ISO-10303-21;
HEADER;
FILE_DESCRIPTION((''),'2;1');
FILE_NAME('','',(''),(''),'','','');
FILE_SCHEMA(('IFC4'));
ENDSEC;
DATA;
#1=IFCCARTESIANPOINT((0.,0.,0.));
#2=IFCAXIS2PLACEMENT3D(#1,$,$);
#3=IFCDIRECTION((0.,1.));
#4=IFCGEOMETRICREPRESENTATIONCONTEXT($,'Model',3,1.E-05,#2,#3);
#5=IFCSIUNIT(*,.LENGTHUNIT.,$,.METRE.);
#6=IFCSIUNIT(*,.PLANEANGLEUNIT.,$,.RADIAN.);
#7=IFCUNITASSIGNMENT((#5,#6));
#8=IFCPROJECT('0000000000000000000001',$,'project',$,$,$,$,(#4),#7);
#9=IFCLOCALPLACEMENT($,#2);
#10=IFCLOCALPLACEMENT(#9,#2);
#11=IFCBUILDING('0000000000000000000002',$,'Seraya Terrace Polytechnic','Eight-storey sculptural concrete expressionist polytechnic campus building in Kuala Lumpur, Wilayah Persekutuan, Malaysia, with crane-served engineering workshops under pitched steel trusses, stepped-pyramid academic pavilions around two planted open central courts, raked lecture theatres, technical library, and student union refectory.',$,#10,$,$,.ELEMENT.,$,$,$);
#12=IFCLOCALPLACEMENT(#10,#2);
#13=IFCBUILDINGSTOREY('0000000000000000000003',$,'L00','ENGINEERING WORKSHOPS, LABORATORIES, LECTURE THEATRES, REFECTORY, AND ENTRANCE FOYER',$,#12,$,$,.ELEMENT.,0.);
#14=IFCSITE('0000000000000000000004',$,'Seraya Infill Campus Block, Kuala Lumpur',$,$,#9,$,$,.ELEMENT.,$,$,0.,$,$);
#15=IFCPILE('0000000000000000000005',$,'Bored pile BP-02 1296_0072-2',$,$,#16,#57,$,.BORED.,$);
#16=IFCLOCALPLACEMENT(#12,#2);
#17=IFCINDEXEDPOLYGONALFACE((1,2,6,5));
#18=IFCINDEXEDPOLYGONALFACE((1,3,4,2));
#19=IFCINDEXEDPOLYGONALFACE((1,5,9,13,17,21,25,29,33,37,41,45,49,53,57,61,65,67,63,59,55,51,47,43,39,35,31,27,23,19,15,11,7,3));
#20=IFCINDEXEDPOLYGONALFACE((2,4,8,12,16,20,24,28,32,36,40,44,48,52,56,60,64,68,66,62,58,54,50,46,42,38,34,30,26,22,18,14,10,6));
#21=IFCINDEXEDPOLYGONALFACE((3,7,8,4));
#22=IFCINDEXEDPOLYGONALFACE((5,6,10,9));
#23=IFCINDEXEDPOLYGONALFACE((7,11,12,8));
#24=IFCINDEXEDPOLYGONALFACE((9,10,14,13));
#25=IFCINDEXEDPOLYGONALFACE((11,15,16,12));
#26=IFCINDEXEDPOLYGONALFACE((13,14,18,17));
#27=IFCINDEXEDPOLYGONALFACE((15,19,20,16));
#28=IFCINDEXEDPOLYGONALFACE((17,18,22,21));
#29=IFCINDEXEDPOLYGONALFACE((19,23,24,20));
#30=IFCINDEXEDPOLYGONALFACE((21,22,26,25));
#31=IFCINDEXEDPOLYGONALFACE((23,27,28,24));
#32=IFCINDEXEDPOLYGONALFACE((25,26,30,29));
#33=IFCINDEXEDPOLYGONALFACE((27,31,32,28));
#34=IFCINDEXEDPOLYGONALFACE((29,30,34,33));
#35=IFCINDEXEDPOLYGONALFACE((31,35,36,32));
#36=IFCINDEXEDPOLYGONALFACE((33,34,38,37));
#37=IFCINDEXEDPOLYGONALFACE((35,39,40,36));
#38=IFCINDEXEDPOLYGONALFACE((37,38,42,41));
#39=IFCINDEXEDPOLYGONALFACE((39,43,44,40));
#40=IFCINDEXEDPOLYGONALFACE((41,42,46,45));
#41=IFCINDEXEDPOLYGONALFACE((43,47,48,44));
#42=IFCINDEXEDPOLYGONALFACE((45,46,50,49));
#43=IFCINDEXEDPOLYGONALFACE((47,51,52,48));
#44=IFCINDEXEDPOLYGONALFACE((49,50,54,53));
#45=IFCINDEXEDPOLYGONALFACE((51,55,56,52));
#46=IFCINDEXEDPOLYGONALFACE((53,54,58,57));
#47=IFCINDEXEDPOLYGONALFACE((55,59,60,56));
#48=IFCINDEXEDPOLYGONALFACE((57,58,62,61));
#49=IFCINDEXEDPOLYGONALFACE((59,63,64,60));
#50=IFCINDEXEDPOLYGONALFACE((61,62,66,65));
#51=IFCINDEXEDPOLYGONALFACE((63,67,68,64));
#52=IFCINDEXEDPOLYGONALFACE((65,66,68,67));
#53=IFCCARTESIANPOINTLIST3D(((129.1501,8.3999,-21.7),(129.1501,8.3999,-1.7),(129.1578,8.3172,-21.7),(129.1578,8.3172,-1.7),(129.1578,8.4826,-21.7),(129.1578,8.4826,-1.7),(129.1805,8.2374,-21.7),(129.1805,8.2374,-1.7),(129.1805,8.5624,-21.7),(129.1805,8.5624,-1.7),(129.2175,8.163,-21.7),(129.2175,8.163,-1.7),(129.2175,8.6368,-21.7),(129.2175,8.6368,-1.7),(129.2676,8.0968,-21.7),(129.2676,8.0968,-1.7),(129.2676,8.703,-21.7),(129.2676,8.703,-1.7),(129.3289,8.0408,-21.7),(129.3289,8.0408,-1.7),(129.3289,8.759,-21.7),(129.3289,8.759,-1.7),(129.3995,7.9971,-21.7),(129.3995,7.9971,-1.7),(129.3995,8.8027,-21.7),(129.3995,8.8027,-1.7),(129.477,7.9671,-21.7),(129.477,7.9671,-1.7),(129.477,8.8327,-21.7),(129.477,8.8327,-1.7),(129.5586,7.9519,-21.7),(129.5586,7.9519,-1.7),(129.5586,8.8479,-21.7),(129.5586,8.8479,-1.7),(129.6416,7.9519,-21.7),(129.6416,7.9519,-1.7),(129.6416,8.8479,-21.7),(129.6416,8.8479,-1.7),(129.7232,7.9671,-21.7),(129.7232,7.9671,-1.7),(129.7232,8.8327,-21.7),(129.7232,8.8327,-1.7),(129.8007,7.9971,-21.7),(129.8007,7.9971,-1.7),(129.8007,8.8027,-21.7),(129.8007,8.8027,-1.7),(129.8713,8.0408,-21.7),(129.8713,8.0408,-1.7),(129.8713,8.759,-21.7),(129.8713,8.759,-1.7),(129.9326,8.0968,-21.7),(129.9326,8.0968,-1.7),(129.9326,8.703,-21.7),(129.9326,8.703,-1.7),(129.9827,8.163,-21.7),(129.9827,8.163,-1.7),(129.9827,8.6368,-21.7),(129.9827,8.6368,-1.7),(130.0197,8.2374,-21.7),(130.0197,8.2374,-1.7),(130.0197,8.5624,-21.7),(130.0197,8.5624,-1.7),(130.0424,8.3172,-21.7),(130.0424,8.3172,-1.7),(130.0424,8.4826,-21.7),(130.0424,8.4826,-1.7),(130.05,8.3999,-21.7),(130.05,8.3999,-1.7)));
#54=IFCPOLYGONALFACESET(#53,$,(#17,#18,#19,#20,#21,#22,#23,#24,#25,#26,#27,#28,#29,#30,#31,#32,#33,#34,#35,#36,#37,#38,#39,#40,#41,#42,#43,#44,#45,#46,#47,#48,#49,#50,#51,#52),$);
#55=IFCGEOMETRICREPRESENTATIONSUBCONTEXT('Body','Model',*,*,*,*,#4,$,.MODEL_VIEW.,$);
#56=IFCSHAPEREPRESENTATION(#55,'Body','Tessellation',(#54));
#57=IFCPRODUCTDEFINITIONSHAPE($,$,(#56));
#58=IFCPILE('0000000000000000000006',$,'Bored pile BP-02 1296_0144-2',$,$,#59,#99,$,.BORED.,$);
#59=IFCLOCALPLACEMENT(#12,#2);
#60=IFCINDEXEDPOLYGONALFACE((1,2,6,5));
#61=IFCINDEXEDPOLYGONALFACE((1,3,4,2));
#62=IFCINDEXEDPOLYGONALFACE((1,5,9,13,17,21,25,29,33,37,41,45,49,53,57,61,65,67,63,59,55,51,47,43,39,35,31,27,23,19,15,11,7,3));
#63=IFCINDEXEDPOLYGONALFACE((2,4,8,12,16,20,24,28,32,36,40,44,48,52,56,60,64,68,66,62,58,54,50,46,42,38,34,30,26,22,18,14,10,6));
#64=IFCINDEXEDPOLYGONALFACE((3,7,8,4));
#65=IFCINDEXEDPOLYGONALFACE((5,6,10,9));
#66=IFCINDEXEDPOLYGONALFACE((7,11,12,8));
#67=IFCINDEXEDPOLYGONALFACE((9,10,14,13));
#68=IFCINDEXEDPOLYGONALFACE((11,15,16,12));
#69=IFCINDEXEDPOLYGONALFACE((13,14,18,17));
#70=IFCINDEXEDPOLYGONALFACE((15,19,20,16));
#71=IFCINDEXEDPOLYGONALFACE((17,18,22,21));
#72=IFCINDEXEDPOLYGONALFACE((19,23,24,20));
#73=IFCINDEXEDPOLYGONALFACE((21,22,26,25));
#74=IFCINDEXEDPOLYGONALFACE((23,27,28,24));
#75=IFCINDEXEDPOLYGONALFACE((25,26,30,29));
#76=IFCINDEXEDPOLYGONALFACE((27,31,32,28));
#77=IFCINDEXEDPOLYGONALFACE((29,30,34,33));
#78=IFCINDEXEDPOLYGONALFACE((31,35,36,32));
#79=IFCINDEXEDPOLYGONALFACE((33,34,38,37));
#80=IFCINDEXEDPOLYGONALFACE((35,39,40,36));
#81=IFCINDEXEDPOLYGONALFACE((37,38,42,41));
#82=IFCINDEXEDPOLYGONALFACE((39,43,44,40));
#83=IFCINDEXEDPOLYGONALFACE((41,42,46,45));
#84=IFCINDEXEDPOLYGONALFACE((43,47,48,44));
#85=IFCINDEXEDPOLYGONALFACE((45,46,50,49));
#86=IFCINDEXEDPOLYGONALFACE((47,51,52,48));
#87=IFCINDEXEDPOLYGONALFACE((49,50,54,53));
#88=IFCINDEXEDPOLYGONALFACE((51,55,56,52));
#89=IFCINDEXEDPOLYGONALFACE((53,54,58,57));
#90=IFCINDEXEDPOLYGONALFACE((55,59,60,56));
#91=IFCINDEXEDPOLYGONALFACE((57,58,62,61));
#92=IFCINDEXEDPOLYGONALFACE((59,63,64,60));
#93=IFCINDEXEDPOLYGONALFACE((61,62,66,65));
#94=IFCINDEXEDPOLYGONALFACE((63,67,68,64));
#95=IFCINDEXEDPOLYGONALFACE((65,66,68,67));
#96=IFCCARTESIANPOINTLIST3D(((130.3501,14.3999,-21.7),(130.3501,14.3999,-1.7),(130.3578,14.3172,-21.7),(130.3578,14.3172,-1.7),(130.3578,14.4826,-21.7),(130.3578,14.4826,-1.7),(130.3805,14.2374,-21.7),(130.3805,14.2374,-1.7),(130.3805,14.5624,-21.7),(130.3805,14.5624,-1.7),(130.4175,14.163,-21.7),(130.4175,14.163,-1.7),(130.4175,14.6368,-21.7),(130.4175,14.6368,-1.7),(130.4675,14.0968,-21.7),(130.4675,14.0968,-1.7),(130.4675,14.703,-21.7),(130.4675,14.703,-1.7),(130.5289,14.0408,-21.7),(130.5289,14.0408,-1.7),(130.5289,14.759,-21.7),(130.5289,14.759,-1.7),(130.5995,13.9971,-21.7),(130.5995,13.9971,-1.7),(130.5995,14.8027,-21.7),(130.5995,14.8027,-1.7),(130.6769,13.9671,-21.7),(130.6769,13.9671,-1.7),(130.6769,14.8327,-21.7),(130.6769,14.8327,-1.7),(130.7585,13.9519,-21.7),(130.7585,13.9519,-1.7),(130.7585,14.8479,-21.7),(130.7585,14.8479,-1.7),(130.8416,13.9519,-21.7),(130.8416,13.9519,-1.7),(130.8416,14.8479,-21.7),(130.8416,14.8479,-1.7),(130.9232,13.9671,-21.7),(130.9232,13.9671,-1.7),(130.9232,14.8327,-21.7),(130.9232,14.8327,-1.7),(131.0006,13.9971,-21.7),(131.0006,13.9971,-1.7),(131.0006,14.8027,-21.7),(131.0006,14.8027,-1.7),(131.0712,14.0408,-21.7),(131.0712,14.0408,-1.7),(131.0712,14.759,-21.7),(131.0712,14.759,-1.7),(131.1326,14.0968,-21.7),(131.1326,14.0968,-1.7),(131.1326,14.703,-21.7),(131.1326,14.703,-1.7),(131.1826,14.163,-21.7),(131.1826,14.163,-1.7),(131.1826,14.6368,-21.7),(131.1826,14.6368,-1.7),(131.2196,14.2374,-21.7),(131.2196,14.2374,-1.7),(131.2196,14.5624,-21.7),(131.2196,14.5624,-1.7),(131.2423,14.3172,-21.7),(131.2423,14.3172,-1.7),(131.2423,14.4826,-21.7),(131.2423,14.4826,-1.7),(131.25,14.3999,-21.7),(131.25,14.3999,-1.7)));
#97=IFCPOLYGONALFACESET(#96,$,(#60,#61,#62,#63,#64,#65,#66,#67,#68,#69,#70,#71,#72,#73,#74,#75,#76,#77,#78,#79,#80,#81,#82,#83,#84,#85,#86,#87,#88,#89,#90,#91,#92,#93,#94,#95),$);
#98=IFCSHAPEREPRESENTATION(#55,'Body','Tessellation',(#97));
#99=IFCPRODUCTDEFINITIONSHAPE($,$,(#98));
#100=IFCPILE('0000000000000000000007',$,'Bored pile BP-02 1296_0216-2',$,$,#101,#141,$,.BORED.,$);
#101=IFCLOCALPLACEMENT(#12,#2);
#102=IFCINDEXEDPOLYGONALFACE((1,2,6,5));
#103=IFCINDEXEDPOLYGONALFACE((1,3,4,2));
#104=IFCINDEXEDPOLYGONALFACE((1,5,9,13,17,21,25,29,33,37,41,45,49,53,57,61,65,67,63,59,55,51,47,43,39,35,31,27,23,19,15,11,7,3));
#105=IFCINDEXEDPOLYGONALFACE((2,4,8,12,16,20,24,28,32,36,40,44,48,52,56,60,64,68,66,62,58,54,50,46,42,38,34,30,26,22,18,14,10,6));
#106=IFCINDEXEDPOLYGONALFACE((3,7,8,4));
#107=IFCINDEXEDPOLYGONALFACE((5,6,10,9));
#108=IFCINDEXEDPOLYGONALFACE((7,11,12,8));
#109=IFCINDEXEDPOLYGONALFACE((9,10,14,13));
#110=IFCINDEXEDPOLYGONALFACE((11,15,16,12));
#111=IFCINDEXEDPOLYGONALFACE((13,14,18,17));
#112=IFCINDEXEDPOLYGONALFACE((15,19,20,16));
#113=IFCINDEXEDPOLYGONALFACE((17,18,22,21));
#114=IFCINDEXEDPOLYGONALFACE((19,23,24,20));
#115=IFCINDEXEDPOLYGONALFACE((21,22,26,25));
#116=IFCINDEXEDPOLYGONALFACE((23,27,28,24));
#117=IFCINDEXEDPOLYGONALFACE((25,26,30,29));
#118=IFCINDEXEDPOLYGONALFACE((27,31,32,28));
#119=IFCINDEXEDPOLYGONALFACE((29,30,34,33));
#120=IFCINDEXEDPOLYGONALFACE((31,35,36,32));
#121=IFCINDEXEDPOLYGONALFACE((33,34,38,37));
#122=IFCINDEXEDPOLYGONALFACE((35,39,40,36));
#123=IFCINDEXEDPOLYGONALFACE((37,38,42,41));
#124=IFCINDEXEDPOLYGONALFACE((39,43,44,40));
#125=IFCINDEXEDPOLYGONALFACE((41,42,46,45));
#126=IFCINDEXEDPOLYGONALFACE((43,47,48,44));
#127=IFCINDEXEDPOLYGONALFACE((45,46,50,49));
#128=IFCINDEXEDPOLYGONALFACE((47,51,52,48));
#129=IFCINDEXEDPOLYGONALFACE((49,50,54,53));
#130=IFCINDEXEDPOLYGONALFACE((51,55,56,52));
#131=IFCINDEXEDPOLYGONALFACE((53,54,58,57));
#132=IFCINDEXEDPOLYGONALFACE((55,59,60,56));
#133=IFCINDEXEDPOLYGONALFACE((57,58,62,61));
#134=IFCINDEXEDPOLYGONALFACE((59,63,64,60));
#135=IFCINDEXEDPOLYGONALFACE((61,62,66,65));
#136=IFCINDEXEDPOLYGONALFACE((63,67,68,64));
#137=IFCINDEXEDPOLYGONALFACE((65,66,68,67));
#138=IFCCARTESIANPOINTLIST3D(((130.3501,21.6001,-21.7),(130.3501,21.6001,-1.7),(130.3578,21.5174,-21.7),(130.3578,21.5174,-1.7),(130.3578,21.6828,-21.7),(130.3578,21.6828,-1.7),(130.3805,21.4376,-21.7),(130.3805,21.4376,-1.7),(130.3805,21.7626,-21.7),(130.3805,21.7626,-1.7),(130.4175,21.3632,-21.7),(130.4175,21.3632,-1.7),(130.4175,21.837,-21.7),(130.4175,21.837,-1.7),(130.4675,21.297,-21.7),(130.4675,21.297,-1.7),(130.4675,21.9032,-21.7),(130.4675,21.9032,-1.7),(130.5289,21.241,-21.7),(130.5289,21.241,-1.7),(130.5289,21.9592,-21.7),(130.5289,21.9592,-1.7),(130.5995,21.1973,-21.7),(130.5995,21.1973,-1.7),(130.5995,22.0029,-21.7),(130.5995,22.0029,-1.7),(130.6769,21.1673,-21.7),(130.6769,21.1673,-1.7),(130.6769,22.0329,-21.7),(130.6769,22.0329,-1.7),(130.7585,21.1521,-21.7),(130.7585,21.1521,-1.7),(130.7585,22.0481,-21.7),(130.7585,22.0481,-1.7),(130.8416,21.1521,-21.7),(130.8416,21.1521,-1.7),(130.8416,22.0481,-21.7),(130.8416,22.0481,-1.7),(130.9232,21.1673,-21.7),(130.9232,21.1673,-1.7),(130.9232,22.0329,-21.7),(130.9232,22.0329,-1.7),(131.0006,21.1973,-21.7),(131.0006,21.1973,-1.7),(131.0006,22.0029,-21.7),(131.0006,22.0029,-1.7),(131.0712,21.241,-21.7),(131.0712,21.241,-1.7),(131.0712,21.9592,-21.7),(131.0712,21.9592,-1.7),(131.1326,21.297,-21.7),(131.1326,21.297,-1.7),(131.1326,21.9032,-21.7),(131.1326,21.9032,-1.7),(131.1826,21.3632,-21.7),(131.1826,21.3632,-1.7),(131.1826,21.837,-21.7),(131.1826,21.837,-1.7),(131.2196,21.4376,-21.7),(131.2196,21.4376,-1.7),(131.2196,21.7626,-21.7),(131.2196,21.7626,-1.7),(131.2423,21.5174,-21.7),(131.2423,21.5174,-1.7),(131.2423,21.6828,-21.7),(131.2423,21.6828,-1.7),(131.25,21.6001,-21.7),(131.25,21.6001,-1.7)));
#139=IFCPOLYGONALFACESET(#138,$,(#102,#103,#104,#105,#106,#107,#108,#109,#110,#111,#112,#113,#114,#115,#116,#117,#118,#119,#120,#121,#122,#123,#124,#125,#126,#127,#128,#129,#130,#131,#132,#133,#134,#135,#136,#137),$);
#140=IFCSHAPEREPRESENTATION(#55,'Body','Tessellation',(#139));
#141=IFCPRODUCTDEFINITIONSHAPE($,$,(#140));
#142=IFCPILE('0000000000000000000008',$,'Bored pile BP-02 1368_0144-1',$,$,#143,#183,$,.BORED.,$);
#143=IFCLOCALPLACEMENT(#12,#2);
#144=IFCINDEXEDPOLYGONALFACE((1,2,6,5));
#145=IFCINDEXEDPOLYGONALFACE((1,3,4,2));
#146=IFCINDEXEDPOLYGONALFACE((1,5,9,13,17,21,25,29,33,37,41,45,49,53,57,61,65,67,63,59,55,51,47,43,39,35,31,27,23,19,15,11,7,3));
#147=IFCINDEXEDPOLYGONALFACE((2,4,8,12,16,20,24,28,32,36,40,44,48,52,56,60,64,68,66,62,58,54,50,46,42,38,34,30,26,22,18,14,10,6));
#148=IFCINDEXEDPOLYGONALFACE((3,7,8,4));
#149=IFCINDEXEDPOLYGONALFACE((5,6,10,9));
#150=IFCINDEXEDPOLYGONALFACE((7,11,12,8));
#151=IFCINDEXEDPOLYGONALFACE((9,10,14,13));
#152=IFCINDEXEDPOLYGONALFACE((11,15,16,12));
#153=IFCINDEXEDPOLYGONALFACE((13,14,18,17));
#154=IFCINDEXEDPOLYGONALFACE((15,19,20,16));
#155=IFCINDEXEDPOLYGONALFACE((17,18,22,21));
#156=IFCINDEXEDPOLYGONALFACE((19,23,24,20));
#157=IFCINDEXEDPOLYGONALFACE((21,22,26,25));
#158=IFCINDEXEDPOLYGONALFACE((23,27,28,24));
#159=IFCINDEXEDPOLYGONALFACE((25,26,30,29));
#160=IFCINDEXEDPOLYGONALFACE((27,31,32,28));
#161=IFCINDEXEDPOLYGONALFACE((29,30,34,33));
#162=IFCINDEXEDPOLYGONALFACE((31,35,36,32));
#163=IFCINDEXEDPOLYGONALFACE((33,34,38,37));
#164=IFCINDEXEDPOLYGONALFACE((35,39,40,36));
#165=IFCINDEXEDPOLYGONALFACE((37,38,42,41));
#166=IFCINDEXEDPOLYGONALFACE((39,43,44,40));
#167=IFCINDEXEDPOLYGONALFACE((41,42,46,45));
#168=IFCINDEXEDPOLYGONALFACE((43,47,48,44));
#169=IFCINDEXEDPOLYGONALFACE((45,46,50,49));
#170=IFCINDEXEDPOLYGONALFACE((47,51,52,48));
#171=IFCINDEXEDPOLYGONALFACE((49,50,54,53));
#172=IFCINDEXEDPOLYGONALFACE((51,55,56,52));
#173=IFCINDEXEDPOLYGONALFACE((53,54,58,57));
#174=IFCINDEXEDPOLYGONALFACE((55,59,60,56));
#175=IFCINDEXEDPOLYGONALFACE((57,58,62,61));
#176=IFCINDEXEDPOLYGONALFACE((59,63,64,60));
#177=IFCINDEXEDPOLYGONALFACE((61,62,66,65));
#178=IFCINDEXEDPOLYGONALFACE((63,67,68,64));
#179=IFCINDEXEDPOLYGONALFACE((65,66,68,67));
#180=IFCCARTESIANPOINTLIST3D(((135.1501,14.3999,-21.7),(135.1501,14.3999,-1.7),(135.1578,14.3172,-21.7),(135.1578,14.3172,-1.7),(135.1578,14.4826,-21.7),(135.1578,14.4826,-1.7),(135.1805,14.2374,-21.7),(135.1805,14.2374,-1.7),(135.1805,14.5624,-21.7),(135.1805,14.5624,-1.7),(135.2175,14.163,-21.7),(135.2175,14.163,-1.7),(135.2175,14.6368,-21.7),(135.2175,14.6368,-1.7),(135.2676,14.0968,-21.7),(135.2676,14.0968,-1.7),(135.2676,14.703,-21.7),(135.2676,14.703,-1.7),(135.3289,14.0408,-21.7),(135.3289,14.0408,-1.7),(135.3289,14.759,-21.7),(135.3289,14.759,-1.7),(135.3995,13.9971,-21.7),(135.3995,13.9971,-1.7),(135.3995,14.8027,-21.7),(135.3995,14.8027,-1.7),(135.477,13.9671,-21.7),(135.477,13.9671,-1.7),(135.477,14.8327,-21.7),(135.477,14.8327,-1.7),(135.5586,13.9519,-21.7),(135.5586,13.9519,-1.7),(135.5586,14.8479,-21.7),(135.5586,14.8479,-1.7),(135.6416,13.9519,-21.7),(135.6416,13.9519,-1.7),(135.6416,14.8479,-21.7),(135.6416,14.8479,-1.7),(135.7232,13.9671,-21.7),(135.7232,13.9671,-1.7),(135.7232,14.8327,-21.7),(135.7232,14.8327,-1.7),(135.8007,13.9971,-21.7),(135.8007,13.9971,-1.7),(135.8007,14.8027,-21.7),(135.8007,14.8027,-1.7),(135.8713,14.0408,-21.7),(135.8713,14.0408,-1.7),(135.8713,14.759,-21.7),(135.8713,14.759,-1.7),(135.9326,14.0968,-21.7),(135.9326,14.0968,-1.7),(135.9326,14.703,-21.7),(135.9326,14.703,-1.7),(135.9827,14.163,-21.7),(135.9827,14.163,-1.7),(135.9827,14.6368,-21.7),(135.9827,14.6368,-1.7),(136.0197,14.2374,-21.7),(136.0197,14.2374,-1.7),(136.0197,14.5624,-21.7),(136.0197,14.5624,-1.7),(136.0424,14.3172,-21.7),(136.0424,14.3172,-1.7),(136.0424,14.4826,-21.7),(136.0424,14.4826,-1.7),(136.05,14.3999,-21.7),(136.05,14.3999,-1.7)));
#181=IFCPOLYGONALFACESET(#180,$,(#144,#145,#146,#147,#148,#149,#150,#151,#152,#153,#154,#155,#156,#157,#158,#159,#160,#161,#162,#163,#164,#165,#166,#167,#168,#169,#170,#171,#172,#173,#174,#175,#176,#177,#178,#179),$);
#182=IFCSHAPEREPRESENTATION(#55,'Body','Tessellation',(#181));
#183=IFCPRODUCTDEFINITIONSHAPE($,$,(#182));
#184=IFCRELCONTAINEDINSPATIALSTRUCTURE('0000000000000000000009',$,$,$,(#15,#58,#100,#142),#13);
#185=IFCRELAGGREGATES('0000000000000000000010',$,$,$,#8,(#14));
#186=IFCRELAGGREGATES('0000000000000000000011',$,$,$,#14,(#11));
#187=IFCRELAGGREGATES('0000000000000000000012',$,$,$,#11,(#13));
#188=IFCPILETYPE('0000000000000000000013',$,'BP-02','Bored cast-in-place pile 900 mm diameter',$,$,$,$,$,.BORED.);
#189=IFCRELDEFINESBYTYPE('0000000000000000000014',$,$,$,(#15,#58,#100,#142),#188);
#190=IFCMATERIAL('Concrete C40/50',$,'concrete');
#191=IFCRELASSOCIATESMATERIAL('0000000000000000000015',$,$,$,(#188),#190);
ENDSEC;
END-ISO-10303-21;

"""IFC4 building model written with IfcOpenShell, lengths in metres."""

from ifc_helpers import new_model, si_unit, direction, frame, origin, origin_2d, place, context, subcontext, project, spatial, circle, extrude, material, material_profile, profile_set, type_object, element, save


model = new_model("IFC4")

# Units and contexts
model_context = context("Model", 3, precision=1e-05, world=origin(), true_north=direction((0.0, 1.0)))
body_context = subcontext(model_context, "Body", "Model", "MODEL_VIEW")
ifc_project = project(units=[si_unit("LENGTHUNIT", "METRE"), si_unit("PLANEANGLEUNIT", "RADIAN")], contexts=[model_context])

# Site, building, storey
site_placement = place(None, origin())
site = spatial("IfcSite", under=ifc_project, at=site_placement, Name="Seraya Infill Campus Block, Kuala Lumpur", CompositionType="ELEMENT", RefElevation=0.0)
building_placement = place(site_placement, origin())
building = spatial("IfcBuilding", under=site, at=building_placement, Name="Seraya Terrace Polytechnic", Description="Eight-storey sculptural concrete expressionist polytechnic campus building in Kuala Lumpur, Wilayah Persekutuan, Malaysia, with crane-served engineering workshops under pitched steel trusses, stepped-pyramid academic pavilions around two planted open central courts, raked lecture theatres, technical library, and student union refectory.", CompositionType="ELEMENT")
storey_placement = place(building_placement, origin())
storey = spatial("IfcBuildingStorey", under=building, at=storey_placement, Name="L00", Description="ENGINEERING WORKSHOPS, LABORATORIES, LECTURE THEATRES, REFECTORY, AND ENTRANCE FOYER", CompositionType="ELEMENT", Elevation=0.0)

# Piles
ifc_material_1 = material(Name="Concrete C40/50", Category="concrete")
ifc_material_profile_1 = material_profile(ifc_material_1, circle(Radius=0.45, at=origin_2d()), Name="DIA 900")
ifc_profile_set_1 = profile_set([ifc_material_profile_1], Name="Concrete C40/50")
pile_type = type_object("IfcPileType", Name="BP-02", Description="Bored cast-in-place pile 900 mm diameter", PredefinedType="BORED", material=ifc_profile_set_1)
for number, where, z_axis, x_axis, name in (
    (1, (129.6001, 8.3999, -1.7), (0.0, 0.0, -1.0), (1.0, 0.0, 0.0), "Bored pile BP-02 1296_0072-2"),
    (2, (130.8, 14.3999, -1.7), (0.0, 0.0, -1.0), (1.0, 0.0, 0.0), "Bored pile BP-02 1296_0144-2"),
    (3, (130.8, 21.6001, -1.7), (0.0, 0.0, -1.0), (1.0, 0.0, 0.0), "Bored pile BP-02 1296_0216-2"),
    (4, (135.6001, 14.3999, -1.7), (0.0, 0.0, -1.0), (1.0, 0.0, 0.0), "Bored pile BP-02 1368_0144-1"),
):
    element("IfcPile", number, at=place(storey_placement, frame(where, z_axis=z_axis, x_axis=x_axis)), inside=storey, type_object=pile_type, Name=name, PredefinedType="BORED", context=body_context, shape_type="SweptSolid", body=[
        extrude(circle(Radius=0.45, at=origin_2d()), origin(), (0.0, 0.0, 1.0), 20.0),
    ])

save(model, "model.ifc")
